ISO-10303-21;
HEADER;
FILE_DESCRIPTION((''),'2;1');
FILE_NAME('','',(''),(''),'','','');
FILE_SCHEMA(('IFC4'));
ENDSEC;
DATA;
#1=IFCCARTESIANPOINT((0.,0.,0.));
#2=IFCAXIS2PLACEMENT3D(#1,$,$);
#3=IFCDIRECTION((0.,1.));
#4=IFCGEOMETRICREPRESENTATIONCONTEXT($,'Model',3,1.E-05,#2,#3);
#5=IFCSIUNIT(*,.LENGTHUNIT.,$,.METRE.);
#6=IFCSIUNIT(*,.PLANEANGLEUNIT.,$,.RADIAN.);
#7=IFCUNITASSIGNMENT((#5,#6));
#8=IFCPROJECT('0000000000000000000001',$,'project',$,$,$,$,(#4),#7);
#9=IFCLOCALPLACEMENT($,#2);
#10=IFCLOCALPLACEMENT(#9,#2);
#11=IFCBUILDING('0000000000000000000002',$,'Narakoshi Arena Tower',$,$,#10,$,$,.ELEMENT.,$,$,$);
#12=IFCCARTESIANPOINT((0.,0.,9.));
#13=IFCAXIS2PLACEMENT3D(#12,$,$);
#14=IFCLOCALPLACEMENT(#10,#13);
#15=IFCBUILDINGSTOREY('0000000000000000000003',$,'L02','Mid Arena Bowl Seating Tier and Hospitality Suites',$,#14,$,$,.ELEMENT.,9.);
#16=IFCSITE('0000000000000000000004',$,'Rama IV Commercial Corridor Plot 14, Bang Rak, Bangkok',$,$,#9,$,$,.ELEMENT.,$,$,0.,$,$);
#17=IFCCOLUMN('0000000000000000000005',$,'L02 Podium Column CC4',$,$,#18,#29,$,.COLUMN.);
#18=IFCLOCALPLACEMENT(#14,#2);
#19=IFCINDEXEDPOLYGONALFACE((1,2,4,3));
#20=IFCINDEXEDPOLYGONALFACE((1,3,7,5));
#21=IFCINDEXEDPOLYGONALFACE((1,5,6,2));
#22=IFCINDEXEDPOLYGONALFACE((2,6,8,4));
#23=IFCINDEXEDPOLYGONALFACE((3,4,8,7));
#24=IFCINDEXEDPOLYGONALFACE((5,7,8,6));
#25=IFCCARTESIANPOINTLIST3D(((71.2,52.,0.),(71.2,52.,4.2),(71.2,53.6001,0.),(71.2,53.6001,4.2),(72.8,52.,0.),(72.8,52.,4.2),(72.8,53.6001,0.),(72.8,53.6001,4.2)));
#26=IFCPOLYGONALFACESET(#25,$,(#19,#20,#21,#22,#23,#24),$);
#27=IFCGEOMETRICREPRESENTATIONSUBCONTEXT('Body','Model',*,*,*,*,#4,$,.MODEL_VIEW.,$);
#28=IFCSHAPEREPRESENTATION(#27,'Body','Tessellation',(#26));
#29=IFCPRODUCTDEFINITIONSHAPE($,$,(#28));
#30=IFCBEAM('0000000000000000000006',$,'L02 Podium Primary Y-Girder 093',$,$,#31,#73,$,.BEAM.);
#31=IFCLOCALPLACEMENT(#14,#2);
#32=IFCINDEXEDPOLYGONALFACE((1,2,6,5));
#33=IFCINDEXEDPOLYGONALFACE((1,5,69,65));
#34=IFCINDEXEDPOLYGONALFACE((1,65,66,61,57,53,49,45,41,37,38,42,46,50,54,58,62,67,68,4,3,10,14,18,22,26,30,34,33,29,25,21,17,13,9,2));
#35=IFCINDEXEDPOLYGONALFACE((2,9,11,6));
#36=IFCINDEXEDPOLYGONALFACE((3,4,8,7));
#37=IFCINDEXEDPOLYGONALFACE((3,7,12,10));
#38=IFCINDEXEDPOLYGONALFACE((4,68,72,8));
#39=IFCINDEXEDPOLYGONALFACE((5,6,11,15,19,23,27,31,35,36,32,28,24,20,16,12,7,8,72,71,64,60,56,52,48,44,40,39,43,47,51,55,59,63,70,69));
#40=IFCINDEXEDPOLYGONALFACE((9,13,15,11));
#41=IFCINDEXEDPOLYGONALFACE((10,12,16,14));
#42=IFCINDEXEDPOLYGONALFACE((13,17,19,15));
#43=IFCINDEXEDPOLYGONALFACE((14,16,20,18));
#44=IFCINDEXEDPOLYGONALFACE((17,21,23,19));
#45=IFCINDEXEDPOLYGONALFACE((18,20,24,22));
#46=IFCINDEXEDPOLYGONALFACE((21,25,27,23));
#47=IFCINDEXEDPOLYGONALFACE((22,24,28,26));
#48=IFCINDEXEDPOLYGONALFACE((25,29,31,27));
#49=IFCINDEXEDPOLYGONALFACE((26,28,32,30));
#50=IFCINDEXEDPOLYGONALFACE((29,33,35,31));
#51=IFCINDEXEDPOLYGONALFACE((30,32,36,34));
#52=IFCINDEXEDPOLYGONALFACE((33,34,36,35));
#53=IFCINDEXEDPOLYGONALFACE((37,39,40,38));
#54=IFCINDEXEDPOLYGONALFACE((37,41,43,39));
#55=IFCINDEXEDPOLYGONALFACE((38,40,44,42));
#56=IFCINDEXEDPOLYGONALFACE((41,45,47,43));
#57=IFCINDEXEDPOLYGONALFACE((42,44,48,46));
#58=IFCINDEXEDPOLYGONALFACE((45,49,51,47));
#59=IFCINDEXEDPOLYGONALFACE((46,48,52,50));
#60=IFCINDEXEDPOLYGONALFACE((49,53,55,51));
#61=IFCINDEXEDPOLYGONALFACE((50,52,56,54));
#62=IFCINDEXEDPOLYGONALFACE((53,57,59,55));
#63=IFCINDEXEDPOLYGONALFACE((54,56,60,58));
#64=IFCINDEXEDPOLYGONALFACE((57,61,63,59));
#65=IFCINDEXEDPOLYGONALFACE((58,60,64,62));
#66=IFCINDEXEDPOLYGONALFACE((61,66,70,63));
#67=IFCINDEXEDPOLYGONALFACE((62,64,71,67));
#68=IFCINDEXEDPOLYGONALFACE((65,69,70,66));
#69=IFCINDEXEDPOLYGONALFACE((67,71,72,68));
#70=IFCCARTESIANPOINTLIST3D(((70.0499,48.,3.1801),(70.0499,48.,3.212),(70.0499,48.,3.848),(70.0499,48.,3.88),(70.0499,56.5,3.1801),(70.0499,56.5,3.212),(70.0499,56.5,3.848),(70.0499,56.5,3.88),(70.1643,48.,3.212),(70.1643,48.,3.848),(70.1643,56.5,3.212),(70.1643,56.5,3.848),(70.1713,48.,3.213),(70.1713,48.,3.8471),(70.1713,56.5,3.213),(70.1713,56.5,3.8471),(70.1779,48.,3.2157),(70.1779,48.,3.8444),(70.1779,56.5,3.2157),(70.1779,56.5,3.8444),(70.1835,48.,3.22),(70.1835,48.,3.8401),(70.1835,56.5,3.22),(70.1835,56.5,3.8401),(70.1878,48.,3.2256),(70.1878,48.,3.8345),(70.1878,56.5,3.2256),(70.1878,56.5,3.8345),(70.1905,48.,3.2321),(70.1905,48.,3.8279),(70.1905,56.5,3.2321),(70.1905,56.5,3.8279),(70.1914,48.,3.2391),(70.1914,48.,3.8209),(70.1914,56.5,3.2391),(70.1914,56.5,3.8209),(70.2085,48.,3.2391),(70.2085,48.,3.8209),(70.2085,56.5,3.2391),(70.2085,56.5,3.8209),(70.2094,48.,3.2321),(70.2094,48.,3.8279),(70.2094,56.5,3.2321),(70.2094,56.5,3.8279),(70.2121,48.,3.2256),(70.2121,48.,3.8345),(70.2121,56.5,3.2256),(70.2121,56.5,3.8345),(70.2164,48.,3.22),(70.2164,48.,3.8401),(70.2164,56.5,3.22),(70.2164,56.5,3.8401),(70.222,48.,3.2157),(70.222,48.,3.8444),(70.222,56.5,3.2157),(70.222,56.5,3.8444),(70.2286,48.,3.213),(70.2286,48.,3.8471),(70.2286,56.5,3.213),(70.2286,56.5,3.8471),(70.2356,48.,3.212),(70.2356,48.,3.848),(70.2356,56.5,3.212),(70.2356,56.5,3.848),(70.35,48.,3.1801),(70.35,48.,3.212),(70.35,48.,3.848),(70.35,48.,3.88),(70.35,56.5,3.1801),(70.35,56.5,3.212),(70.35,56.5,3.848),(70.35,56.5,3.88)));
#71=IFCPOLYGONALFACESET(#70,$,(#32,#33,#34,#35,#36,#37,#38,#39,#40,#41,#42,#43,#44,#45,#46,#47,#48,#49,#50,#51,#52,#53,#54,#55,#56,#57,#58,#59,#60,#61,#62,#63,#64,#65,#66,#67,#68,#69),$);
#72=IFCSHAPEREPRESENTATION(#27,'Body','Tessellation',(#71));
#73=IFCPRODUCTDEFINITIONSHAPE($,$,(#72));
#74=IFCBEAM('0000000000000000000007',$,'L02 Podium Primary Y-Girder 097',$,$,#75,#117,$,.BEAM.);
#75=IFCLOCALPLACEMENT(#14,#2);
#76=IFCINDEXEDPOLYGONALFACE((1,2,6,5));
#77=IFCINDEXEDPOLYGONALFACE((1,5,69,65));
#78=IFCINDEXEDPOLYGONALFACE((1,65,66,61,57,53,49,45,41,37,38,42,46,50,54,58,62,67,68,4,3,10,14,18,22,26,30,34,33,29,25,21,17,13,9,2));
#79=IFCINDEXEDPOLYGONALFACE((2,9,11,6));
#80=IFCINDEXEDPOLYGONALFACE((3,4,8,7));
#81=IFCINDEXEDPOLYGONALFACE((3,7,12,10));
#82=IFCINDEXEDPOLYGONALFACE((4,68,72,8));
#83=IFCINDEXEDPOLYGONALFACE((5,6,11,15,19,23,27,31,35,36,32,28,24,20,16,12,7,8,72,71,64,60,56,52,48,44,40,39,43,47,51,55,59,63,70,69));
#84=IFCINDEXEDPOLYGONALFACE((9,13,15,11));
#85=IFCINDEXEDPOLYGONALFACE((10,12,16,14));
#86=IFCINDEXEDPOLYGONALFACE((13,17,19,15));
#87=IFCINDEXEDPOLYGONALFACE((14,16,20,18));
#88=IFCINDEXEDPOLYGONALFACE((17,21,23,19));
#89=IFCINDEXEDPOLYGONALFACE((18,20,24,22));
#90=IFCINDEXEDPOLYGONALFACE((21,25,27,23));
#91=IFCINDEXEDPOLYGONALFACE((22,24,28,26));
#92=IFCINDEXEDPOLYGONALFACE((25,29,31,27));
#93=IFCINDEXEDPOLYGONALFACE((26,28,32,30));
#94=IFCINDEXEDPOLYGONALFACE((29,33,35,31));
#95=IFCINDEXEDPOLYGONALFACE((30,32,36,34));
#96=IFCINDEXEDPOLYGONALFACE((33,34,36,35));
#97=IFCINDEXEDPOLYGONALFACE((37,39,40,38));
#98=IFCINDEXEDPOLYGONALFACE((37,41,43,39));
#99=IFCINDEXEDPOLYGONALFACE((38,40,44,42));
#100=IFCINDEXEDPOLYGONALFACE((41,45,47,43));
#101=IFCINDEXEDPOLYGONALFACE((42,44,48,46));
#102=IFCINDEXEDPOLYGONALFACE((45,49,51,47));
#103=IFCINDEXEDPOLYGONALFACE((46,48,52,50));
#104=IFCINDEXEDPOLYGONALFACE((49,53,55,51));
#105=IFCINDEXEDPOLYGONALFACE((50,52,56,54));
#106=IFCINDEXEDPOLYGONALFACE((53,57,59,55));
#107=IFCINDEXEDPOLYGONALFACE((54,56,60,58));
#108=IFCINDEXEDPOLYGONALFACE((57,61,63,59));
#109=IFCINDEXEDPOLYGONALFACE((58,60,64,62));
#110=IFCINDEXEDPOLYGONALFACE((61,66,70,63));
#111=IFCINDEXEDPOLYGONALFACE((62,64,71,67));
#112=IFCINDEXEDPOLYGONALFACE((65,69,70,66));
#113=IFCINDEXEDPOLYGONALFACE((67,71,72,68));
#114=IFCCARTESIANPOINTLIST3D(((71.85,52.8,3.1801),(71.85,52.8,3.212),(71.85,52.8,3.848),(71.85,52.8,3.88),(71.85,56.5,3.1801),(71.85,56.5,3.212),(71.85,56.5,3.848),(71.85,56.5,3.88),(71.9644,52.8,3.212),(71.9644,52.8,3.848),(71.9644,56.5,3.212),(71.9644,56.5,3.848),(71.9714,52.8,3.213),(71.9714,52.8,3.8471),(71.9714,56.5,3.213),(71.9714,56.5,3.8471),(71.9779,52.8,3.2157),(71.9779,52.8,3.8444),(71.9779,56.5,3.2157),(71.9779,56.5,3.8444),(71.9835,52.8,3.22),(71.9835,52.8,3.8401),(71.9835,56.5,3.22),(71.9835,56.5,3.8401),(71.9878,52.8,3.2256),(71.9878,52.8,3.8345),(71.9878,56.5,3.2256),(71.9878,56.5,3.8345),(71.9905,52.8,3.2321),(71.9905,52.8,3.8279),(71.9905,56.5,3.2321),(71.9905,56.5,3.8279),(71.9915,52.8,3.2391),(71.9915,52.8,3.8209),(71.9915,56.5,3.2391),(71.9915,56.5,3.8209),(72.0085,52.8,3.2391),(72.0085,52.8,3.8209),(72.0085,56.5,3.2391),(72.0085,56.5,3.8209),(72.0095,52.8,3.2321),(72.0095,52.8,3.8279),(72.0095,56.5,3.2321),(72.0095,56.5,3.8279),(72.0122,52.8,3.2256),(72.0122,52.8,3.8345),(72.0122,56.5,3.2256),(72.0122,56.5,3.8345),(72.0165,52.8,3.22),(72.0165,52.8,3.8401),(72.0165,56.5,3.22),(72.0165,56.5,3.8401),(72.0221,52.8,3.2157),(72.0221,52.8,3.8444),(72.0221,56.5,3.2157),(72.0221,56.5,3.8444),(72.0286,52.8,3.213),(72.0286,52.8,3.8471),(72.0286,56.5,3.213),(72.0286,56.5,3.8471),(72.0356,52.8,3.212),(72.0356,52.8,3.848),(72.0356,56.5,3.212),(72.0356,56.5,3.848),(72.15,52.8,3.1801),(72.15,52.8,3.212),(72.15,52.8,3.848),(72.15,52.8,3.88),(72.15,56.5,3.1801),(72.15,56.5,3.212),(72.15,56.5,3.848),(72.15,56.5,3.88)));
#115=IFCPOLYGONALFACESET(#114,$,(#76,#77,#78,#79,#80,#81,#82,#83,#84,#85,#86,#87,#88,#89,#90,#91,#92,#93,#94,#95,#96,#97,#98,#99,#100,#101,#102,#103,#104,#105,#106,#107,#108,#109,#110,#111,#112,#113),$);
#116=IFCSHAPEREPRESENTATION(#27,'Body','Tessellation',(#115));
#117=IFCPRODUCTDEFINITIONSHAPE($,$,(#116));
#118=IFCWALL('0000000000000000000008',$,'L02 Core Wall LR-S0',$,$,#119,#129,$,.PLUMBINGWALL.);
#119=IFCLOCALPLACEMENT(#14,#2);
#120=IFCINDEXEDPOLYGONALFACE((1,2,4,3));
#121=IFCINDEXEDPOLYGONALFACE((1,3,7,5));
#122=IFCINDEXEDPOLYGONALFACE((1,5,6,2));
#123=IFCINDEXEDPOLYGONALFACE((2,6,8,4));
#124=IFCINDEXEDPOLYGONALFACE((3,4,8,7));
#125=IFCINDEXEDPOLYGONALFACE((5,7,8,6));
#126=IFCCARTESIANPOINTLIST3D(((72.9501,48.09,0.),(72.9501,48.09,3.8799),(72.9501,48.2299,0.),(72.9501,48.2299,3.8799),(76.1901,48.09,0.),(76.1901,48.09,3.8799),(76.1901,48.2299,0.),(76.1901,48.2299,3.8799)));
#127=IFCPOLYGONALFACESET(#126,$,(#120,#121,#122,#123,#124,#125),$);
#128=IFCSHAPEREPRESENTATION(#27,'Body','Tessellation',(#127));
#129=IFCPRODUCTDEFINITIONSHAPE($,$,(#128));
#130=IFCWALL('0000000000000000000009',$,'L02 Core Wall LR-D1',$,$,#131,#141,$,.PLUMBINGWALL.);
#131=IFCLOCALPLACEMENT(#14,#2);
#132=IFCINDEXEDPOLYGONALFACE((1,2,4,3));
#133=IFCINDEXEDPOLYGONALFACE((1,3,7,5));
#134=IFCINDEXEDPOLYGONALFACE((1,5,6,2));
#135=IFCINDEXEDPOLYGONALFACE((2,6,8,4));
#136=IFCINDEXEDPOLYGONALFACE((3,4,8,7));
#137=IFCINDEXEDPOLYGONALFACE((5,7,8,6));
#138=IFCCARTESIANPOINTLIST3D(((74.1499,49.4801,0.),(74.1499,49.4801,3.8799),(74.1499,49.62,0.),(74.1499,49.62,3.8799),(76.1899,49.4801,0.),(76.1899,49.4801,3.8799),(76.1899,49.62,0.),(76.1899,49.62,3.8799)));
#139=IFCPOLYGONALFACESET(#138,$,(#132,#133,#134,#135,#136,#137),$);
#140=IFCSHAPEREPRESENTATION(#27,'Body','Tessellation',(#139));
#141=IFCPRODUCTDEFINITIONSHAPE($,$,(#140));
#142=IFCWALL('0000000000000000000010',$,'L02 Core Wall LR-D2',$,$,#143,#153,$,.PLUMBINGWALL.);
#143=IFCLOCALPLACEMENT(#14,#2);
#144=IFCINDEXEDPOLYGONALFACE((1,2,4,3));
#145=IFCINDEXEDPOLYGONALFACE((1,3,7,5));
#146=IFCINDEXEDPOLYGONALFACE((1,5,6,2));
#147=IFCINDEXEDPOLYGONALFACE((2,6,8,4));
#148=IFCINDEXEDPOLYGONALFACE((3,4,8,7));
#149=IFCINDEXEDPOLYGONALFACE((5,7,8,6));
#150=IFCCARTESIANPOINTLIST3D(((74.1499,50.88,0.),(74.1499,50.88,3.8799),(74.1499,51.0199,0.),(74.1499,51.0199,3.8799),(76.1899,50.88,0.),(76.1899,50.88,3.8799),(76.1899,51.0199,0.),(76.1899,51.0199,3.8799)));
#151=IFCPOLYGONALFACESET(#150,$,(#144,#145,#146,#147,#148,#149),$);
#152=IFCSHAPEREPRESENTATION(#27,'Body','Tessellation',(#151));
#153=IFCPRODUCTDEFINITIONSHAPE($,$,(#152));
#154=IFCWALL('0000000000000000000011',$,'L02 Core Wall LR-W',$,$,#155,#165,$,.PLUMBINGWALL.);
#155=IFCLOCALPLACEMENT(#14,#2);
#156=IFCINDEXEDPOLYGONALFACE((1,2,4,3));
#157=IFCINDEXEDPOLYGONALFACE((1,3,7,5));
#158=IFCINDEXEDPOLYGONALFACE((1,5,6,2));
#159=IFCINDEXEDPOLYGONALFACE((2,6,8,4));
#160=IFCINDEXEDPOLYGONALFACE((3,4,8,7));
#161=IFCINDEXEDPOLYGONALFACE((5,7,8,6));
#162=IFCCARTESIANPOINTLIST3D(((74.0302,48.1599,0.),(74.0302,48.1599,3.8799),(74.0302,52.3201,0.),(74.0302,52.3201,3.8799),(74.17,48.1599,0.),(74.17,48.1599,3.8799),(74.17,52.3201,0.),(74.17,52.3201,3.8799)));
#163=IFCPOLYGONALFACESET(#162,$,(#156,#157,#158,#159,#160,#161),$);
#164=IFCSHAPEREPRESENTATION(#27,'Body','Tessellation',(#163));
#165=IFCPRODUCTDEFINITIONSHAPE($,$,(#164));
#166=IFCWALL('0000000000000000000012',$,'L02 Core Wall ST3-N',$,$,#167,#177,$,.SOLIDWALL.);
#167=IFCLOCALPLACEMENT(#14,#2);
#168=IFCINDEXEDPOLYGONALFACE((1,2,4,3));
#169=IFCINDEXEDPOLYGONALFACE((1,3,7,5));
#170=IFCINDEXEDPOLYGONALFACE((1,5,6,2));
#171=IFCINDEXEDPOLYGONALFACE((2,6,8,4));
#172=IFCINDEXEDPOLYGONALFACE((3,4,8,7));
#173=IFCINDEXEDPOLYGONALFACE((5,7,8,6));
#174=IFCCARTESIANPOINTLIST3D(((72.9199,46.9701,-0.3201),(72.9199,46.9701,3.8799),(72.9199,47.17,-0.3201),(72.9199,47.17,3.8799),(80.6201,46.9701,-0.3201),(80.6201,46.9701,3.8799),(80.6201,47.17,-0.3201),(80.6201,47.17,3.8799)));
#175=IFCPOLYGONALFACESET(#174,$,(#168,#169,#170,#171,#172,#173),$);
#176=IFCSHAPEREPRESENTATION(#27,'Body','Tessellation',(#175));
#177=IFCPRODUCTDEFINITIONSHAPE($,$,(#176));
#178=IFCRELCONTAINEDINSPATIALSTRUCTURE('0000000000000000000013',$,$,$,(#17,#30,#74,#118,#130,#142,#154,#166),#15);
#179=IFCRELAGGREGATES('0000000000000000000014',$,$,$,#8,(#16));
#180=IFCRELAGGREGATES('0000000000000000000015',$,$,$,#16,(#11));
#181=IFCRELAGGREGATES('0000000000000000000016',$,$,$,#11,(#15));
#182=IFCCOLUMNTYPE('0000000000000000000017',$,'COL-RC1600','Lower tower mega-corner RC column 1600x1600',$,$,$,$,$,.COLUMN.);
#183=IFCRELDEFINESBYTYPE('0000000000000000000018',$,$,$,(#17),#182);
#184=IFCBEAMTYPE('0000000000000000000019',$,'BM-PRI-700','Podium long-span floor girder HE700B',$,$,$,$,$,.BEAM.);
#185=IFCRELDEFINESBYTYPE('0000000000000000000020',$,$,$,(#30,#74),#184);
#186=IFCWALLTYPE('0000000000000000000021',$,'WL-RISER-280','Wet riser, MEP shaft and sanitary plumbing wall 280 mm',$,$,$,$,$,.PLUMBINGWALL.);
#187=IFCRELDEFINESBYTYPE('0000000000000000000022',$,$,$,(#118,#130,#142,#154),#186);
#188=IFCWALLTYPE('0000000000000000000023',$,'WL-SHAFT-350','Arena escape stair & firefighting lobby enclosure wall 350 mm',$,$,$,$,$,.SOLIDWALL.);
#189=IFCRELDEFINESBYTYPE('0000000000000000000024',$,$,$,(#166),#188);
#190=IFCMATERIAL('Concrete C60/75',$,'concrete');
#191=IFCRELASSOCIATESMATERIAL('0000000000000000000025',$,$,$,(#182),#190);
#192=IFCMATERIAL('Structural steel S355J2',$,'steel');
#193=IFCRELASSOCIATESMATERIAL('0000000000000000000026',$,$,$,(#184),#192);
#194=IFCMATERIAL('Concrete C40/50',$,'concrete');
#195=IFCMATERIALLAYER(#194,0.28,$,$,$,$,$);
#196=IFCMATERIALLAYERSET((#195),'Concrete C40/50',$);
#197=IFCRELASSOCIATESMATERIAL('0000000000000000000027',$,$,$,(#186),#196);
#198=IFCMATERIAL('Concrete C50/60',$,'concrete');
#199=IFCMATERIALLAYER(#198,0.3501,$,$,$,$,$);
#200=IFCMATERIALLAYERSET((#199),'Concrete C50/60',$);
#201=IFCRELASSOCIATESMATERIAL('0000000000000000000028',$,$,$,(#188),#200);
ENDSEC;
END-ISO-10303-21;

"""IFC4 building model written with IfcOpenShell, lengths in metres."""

from ifc_helpers import new_model, si_unit, direction, frame, frame_2d, origin, origin_2d, place, context, subcontext, project, spatial, rectangle, i_section, extrude, material, layer, layer_set, material_profile, profile_set, type_object, element, save


model = new_model("IFC4")

# Units and contexts
model_context = context("Model", 3, precision=1e-05, world=origin(), true_north=direction((0.0, 1.0)))
body_context = subcontext(model_context, "Body", "Model", "MODEL_VIEW")
ifc_project = project(units=[si_unit("LENGTHUNIT", "METRE"), si_unit("PLANEANGLEUNIT", "RADIAN")], contexts=[model_context])

# Site, building, storey
site_placement = place(None, origin())
site = spatial("IfcSite", under=ifc_project, at=site_placement, Name="Rama IV Commercial Corridor Plot 14, Bang Rak, Bangkok", CompositionType="ELEMENT", RefElevation=0.0)
building_placement = place(site_placement, origin())
building = spatial("IfcBuilding", under=site, at=building_placement, Name="Narakoshi Arena Tower", CompositionType="ELEMENT")
storey_placement = place(building_placement, frame((0.0, 0.0, 9.0)))
storey = spatial("IfcBuildingStorey", under=building, at=storey_placement, Name="L02", Description="Mid Arena Bowl Seating Tier and Hospitality Suites", CompositionType="ELEMENT", Elevation=9.0)

# Column
ifc_material_1 = material(Name="Concrete C60/75", Category="concrete")
ifc_material_profile_1 = material_profile(ifc_material_1, rectangle(XDim=1.6001, YDim=1.6001, at=origin_2d()), Name="RC1600x1600")
ifc_profile_set_1 = profile_set([ifc_material_profile_1], Name="Concrete C60/75")
column_type = type_object("IfcColumnType", Name="COL-RC1600", Description="Lower tower mega-corner RC column 1600x1600", PredefinedType="COLUMN", material=ifc_profile_set_1)
column_placement = place(storey_placement, frame((72.0, 52.8, 0.0), z_axis=(0.0, 0.0, 1.0), x_axis=(1.0, 0.0, 0.0)))
element("IfcColumn", 1, at=column_placement, inside=storey, type_object=column_type, Name="L02 Podium Column CC4", PredefinedType="COLUMN", context=body_context, shape_type="SweptSolid", body=[
    extrude(rectangle(XDim=1.6001, YDim=1.6001, at=origin_2d()), origin(), (0.0, 0.0, 1.0), 4.2),
])

# Beams
ifc_material_2 = material(Name="Structural steel S355J2", Category="steel")
ifc_material_profile_2 = material_profile(ifc_material_2, i_section(OverallWidth=0.3, OverallDepth=0.7, WebThickness=0.0171, FlangeThickness=0.032, FilletRadius=0.0271, at=origin_2d()), Name="HE700B")
ifc_profile_set_2 = profile_set([ifc_material_profile_2], Name="Structural steel S355J2")
beam_type = type_object("IfcBeamType", Name="BM-PRI-700", Description="Podium long-span floor girder HE700B", PredefinedType="BEAM", material=ifc_profile_set_2)
beam_1_placement = place(storey_placement, frame((70.2, 48.0, 3.53), z_axis=(0.0, 1.0, 0.0), x_axis=(-1.0, 0.0, 0.0)))
element("IfcBeam", 2, at=beam_1_placement, inside=storey, type_object=beam_type, Name="L02 Podium Primary Y-Girder 093", PredefinedType="BEAM", context=body_context, shape_type="SweptSolid", body=[
    extrude(i_section(OverallWidth=0.3, OverallDepth=0.7, WebThickness=0.0171, FlangeThickness=0.032, FilletRadius=0.0271, at=origin_2d()), origin(), (0.0, 0.0, 1.0), 8.5),
])
beam_2_placement = place(storey_placement, frame((72.0, 52.8, 3.53), z_axis=(0.0, 1.0, 0.0), x_axis=(-1.0, 0.0, 0.0)))
element("IfcBeam", 3, at=beam_2_placement, inside=storey, type_object=beam_type, Name="L02 Podium Primary Y-Girder 097", PredefinedType="BEAM", context=body_context, shape_type="SweptSolid", body=[
    extrude(i_section(OverallWidth=0.3, OverallDepth=0.7, WebThickness=0.0171, FlangeThickness=0.032, FilletRadius=0.0271, at=origin_2d()), origin(), (0.0, 0.0, 1.0), 3.7),
])

# Walls
ifc_material_3 = material(Name="Concrete C40/50", Category="concrete")
ifc_layer_1 = layer(ifc_material_3, 0.28)
ifc_layer_set_1 = layer_set([ifc_layer_1], Name="Concrete C40/50")
wall_type_1 = type_object("IfcWallType", Name="WL-RISER-280", Description="Wet riser, MEP shaft and sanitary plumbing wall 280 mm", PredefinedType="PLUMBINGWALL", material=ifc_layer_set_1)
wall_1_placement = place(storey_placement, frame((72.95, 48.1599, 0.0), z_axis=(0.0, 0.0, 1.0), x_axis=(1.0, 0.0, 0.0)))
element("IfcWall", 4, at=wall_1_placement, inside=storey, type_object=wall_type_1, Name="L02 Core Wall LR-S0", PredefinedType="PLUMBINGWALL", context=body_context, shape_type="SweptSolid", body=[
    extrude(rectangle(XDim=3.24, YDim=0.1399, at=frame_2d((1.6201, 0.0))), origin(), (0.0, 0.0, 1.0), 3.8799),
])
for number, where, z_axis, x_axis, name in (
    (5, (74.1499, 49.55, 0.0), (0.0, 0.0, 1.0), (1.0, 0.0, 0.0), "L02 Core Wall LR-D1"),
    (6, (74.1499, 50.95, 0.0), (0.0, 0.0, 1.0), (1.0, 0.0, 0.0), "L02 Core Wall LR-D2"),
):
    element("IfcWall", number, at=place(storey_placement, frame(where, z_axis=z_axis, x_axis=x_axis)), inside=storey, type_object=wall_type_1, Name=name, PredefinedType="PLUMBINGWALL", context=body_context, shape_type="SweptSolid", body=[
        extrude(rectangle(XDim=2.04, YDim=0.1399, at=frame_2d((1.02, 0.0))), origin(), (0.0, 0.0, 1.0), 3.8799),
    ])
wall_2_placement = place(storey_placement, frame((74.1001, 48.1599, 0.0), z_axis=(0.0, 0.0, 1.0), x_axis=(0.0, 1.0, 0.0)))
element("IfcWall", 7, at=wall_2_placement, inside=storey, type_object=wall_type_1, Name="L02 Core Wall LR-W", PredefinedType="PLUMBINGWALL", context=body_context, shape_type="SweptSolid", body=[
    extrude(rectangle(XDim=4.1602, YDim=0.1399, at=frame_2d((2.0801, 0.0))), origin(), (0.0, 0.0, 1.0), 3.8799),
])
ifc_material_4 = material(Name="Concrete C50/60", Category="concrete")
ifc_layer_2 = layer(ifc_material_4, 0.3501)
ifc_layer_set_2 = layer_set([ifc_layer_2], Name="Concrete C50/60")
wall_type_2 = type_object("IfcWallType", Name="WL-SHAFT-350", Description="Arena escape stair & firefighting lobby enclosure wall 350 mm", PredefinedType="SOLIDWALL", material=ifc_layer_set_2)
wall_3_placement = place(storey_placement, frame((72.9199, 47.0701, -0.3201), z_axis=(0.0, 0.0, 1.0), x_axis=(1.0, 0.0, 0.0)))
element("IfcWall", 8, at=wall_3_placement, inside=storey, type_object=wall_type_2, Name="L02 Core Wall ST3-N", PredefinedType="SOLIDWALL", context=body_context, shape_type="SweptSolid", body=[
    extrude(rectangle(XDim=7.7002, YDim=0.2, at=frame_2d((3.8501, 0.0))), origin(), (0.0, 0.0, 1.0), 4.2),
])

save(model, "model.ifc")
